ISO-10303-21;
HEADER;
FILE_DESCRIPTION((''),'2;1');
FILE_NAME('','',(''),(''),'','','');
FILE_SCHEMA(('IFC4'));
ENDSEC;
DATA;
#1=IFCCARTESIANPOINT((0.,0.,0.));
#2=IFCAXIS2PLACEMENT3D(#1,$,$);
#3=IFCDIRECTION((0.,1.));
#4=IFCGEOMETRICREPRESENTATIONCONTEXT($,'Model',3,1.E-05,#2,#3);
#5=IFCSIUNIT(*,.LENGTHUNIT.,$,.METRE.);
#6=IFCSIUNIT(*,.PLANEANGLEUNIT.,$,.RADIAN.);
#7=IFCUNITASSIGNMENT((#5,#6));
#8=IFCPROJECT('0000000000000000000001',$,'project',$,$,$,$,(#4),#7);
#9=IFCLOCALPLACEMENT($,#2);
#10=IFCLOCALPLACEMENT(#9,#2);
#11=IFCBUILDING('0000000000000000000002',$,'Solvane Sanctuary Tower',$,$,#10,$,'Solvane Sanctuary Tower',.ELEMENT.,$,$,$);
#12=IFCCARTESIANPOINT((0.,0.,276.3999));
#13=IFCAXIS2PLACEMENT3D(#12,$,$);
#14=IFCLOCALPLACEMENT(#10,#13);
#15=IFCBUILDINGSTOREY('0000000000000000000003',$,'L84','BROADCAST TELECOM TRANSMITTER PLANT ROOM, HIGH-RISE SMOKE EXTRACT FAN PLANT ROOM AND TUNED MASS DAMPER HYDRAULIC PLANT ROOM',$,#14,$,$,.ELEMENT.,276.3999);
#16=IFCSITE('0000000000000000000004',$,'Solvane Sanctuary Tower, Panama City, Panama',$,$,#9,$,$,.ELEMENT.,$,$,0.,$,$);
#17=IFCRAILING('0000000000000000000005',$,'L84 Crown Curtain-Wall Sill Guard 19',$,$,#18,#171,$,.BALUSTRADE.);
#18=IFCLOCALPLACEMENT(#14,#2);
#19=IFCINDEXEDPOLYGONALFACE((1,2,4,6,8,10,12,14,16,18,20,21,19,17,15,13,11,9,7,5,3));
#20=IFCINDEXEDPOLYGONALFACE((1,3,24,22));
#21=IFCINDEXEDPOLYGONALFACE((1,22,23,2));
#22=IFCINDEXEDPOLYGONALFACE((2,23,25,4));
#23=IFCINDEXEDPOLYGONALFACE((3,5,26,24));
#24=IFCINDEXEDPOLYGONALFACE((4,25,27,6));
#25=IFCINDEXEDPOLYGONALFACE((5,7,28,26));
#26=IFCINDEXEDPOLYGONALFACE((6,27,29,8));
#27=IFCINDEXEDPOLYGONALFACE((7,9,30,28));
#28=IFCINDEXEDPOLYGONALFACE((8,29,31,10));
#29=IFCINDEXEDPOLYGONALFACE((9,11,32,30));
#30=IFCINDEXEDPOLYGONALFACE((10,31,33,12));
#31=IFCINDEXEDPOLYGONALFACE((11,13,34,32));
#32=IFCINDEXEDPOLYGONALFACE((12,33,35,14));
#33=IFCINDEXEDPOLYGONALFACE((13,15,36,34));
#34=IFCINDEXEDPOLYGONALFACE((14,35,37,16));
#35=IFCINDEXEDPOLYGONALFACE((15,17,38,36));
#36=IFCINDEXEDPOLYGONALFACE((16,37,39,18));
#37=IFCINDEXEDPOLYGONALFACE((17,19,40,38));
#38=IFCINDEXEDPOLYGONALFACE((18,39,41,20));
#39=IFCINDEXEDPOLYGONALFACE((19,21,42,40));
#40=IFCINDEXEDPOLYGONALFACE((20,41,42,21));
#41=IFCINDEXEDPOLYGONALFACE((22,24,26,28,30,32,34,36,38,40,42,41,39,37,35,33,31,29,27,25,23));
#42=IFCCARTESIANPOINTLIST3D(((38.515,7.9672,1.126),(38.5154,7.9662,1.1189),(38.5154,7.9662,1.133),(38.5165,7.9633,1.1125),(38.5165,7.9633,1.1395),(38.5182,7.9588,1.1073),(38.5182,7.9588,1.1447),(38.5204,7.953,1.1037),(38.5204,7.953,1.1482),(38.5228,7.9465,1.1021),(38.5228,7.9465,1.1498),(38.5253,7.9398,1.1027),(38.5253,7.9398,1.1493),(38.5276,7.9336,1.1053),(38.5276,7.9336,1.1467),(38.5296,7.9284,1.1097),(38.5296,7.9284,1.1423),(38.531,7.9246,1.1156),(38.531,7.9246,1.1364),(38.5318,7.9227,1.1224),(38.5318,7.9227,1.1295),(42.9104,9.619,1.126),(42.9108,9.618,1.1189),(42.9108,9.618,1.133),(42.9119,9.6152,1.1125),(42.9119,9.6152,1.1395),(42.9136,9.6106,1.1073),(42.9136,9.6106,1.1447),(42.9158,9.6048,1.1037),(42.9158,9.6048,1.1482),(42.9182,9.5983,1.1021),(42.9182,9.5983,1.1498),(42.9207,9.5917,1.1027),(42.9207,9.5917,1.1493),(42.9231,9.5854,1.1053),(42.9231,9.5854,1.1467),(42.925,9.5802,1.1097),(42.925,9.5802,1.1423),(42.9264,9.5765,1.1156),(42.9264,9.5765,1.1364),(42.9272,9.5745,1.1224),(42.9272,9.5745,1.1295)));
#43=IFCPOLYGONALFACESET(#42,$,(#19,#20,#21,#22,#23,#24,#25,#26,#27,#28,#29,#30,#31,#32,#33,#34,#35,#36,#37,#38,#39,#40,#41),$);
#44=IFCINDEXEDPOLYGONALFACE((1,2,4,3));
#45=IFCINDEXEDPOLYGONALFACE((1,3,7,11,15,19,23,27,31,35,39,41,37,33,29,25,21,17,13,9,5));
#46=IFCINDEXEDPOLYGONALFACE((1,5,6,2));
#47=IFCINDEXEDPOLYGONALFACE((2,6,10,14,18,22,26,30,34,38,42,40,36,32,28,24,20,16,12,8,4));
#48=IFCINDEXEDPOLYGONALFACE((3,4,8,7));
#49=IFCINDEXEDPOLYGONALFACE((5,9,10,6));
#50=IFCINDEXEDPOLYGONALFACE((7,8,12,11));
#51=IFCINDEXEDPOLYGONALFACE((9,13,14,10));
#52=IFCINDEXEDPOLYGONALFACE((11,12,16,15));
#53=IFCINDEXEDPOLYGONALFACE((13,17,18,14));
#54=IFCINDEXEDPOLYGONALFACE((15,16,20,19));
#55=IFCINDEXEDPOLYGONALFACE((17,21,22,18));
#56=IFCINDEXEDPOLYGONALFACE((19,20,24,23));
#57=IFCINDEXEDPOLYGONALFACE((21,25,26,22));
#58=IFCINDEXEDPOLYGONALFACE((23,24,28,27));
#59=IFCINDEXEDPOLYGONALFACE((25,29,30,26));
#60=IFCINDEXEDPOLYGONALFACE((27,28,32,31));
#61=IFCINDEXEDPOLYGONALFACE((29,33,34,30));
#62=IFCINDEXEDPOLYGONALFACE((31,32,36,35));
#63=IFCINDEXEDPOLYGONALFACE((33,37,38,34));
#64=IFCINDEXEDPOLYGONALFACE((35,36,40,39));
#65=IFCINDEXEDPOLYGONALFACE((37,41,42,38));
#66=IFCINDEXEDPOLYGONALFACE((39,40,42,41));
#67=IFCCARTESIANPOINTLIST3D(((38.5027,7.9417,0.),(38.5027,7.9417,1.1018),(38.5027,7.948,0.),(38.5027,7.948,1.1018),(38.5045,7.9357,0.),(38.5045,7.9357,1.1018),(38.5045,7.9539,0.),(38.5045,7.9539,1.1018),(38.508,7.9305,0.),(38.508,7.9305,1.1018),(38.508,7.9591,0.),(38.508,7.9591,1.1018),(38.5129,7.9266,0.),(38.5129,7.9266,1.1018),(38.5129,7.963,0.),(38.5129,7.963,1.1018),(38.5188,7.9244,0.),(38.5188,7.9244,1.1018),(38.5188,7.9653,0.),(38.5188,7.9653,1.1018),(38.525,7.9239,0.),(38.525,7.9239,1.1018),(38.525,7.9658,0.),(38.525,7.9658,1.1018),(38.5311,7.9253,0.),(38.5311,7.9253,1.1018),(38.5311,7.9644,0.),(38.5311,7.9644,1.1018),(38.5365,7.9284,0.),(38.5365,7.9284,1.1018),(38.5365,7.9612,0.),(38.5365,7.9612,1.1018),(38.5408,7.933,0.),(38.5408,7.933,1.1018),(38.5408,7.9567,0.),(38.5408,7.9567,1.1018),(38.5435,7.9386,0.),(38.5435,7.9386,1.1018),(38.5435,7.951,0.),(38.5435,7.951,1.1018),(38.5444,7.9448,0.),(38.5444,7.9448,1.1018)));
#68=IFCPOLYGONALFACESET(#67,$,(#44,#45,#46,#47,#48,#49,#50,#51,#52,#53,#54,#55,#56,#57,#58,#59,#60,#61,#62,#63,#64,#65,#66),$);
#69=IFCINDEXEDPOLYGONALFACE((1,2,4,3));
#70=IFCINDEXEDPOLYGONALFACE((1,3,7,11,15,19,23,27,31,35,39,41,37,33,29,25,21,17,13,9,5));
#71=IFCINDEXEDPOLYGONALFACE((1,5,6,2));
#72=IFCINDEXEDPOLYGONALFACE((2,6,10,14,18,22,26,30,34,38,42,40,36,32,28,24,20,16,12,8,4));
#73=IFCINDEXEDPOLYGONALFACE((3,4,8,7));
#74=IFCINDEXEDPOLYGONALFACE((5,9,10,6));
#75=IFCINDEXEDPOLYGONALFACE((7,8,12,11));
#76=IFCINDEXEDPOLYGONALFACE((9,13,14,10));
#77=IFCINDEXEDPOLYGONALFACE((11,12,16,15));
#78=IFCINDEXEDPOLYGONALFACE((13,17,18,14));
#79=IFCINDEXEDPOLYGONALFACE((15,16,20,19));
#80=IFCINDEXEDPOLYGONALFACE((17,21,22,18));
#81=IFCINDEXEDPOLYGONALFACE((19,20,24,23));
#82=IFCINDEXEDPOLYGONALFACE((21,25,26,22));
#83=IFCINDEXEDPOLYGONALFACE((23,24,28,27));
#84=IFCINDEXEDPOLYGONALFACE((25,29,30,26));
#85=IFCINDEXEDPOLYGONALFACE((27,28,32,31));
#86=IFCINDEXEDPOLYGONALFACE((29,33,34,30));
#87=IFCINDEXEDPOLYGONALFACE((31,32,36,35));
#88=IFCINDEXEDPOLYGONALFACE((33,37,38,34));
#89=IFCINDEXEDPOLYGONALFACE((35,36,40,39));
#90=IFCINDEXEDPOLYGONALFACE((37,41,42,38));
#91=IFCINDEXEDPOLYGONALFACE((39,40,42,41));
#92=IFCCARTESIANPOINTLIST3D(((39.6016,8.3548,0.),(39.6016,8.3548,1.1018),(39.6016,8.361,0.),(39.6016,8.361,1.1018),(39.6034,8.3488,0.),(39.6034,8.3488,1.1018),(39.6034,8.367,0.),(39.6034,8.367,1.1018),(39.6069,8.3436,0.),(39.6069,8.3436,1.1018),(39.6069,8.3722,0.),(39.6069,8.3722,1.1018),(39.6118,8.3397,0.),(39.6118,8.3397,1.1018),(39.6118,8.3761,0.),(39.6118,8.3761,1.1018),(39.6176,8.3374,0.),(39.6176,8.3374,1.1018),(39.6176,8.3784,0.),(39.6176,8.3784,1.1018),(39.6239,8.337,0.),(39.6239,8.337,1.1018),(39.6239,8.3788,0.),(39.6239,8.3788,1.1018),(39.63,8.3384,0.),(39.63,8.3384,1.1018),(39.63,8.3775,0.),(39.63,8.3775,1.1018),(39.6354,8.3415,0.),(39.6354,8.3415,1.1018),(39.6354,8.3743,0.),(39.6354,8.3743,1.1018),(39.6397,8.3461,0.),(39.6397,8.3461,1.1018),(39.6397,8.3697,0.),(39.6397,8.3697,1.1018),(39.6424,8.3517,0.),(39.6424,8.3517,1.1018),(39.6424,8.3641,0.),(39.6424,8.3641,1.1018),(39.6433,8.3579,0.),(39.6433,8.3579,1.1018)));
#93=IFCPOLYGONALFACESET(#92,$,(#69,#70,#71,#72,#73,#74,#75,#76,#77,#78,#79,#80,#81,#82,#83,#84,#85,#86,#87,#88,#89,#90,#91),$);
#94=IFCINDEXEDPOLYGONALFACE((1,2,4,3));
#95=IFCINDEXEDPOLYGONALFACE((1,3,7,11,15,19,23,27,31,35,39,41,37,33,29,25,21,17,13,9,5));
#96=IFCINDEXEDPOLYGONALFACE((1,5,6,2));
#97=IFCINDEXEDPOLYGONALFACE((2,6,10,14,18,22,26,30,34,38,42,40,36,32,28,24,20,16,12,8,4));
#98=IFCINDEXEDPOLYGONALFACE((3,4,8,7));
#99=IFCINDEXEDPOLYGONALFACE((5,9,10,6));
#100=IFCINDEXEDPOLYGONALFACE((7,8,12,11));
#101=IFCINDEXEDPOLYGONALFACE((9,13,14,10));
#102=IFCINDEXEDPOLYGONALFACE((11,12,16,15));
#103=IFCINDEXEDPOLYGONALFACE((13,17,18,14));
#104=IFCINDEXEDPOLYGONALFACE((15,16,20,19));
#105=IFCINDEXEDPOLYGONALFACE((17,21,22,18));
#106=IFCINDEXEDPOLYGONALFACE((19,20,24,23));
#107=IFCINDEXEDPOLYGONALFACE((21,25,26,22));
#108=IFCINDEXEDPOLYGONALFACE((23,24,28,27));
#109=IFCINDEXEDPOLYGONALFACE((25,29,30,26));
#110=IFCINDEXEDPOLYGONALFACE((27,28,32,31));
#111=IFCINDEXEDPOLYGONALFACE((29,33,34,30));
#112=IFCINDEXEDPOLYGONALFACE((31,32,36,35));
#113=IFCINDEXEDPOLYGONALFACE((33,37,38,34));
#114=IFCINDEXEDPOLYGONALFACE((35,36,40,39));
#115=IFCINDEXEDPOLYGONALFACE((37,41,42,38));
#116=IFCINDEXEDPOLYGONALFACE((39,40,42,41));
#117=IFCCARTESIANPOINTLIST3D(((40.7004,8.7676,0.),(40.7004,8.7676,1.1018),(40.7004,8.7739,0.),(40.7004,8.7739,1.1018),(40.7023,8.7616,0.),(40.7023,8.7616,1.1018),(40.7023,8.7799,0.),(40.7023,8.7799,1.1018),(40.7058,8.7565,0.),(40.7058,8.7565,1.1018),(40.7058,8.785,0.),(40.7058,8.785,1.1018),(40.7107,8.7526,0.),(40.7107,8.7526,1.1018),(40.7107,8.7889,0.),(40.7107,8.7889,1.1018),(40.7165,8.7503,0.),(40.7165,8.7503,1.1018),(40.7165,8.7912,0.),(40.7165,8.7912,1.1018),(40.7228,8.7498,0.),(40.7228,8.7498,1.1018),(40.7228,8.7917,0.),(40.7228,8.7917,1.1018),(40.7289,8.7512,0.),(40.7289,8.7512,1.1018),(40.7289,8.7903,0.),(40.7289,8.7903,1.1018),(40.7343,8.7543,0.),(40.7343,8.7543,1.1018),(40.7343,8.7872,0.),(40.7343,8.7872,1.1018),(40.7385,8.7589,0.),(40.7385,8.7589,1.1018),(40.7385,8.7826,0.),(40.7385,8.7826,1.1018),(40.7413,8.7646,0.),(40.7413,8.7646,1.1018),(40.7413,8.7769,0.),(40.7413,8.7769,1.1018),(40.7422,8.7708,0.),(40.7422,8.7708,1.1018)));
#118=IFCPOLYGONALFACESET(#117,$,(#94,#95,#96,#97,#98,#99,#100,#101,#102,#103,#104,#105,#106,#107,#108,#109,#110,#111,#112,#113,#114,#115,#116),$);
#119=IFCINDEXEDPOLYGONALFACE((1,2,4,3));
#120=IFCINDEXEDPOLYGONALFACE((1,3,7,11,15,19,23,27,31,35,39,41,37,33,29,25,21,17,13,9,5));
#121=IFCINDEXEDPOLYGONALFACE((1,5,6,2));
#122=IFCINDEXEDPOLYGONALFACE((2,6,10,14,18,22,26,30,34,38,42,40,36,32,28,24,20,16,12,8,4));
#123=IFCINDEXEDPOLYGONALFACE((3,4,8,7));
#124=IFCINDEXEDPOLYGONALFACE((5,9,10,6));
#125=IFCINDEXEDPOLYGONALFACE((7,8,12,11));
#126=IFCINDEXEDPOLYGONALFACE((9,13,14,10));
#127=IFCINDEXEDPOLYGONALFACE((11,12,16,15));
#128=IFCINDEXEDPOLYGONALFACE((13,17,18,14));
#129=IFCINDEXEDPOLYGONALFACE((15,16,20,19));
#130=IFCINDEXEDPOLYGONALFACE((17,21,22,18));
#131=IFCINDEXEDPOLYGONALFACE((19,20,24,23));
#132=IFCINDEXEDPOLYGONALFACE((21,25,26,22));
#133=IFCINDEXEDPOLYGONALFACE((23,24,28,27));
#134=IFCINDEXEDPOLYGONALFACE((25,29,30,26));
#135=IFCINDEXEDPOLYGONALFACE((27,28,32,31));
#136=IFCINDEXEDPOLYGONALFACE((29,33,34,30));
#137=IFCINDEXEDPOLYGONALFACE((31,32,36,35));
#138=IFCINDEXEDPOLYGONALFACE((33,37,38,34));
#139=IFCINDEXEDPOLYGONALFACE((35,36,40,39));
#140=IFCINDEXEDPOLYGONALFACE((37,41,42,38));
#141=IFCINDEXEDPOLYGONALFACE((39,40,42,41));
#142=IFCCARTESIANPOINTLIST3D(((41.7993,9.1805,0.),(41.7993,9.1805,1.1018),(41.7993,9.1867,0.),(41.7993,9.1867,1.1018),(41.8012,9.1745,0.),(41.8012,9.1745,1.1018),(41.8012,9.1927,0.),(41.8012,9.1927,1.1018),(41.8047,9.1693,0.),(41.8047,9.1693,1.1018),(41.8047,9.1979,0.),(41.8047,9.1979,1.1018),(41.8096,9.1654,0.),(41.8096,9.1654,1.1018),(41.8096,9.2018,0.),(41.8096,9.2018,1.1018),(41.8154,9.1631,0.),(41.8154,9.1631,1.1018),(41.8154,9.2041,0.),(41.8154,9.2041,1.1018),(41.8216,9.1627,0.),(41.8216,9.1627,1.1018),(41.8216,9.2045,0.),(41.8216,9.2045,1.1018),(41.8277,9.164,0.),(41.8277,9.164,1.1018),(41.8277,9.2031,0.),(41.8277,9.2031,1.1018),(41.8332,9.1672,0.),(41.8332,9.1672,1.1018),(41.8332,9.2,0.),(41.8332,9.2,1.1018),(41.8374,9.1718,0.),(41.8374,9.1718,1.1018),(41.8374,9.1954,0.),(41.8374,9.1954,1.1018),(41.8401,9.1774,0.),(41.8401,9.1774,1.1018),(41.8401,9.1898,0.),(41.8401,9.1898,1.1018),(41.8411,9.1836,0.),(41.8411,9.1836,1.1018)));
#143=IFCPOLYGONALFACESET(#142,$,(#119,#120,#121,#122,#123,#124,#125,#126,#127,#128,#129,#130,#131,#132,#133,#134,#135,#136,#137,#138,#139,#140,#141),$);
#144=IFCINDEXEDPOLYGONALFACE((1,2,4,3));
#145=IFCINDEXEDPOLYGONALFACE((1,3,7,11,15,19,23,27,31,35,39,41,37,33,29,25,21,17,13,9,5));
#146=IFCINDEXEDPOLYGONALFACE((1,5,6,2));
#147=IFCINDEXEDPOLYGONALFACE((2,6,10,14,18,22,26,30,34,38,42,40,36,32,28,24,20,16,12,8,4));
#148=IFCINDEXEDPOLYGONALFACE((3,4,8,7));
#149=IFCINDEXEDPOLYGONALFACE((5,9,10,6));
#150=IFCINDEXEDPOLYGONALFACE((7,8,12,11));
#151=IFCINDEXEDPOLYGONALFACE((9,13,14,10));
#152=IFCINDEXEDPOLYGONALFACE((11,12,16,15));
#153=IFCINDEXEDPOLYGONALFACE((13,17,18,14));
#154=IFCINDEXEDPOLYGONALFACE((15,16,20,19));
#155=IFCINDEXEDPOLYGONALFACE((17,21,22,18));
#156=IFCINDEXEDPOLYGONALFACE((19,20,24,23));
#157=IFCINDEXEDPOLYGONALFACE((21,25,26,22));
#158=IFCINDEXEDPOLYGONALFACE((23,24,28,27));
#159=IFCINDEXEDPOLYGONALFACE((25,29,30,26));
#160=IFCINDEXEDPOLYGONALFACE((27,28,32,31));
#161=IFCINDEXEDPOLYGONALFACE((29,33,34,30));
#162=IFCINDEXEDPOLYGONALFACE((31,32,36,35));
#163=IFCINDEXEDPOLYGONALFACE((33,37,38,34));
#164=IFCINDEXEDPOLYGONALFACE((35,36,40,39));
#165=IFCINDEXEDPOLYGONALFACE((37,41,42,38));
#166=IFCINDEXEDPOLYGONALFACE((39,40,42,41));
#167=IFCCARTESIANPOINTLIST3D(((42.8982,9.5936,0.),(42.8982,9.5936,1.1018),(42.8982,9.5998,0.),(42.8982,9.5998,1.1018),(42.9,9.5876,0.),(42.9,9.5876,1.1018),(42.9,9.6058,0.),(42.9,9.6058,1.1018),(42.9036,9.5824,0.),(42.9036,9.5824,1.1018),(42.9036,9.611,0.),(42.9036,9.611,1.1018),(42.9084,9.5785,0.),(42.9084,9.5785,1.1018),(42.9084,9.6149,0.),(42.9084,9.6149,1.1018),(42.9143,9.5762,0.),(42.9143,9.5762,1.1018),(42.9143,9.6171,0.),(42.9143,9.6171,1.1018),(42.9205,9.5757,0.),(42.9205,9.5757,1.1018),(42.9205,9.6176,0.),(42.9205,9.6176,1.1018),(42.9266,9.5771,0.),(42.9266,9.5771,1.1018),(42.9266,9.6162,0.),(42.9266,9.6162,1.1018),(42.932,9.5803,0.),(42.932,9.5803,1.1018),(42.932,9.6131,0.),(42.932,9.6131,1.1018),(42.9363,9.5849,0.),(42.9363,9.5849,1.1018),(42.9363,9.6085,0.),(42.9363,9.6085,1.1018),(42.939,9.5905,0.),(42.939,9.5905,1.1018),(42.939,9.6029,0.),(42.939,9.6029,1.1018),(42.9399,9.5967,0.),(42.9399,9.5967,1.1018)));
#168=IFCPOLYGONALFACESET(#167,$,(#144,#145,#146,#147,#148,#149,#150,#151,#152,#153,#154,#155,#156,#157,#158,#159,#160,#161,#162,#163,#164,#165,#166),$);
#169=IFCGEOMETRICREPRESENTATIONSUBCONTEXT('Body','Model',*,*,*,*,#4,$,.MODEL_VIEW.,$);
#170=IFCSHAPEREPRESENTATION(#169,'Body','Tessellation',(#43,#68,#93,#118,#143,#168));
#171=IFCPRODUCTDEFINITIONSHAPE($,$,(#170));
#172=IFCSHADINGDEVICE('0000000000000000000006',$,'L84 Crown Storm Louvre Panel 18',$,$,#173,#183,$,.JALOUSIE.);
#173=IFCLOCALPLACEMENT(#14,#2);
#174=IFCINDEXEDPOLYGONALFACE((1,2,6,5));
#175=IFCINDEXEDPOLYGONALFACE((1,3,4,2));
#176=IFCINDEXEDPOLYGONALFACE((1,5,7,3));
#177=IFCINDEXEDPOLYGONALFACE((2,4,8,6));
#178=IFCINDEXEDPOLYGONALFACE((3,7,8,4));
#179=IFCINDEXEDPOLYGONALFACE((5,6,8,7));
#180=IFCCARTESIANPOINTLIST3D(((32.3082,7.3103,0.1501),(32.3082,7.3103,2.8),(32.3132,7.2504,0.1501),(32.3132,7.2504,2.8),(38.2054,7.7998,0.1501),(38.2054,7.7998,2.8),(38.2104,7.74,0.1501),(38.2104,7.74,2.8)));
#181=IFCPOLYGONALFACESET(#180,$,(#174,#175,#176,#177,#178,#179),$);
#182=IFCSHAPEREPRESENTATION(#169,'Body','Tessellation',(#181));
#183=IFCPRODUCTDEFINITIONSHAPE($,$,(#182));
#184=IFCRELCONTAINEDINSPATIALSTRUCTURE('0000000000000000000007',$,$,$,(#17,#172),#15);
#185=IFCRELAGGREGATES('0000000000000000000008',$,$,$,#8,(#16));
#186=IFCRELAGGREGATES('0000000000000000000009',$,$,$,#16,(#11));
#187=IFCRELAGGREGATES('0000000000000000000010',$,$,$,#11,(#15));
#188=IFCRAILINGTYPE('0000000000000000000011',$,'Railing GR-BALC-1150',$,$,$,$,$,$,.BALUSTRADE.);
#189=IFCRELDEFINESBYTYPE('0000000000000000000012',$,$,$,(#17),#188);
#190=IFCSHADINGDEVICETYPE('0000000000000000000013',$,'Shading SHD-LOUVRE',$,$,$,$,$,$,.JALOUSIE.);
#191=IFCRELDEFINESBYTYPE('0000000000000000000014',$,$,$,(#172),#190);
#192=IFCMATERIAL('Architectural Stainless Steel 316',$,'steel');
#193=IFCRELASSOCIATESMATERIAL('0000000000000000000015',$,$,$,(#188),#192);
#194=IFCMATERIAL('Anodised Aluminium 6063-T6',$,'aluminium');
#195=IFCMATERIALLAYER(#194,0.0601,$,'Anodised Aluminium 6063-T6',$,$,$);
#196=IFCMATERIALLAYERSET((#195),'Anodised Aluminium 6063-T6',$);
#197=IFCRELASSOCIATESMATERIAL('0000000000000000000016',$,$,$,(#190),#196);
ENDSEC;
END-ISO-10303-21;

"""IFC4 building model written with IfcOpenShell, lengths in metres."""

from ifc_helpers import new_model, si_unit, direction, frame, origin, origin_2d, place, context, subcontext, project, spatial, rectangle, circle, extrude, material, layer, layer_set, type_object, element, save


model = new_model("IFC4")

# Units and contexts
model_context = context("Model", 3, precision=1e-05, world=origin(), true_north=direction((0.0, 1.0)))
body_context = subcontext(model_context, "Body", "Model", "MODEL_VIEW")
ifc_project = project(units=[si_unit("LENGTHUNIT", "METRE"), si_unit("PLANEANGLEUNIT", "RADIAN")], contexts=[model_context])

# Site, building, storey
site_placement = place(None, origin())
site = spatial("IfcSite", under=ifc_project, at=site_placement, Name="Solvane Sanctuary Tower, Panama City, Panama", CompositionType="ELEMENT", RefElevation=0.0)
building_placement = place(site_placement, origin())
building = spatial("IfcBuilding", under=site, at=building_placement, Name="Solvane Sanctuary Tower", LongName="Solvane Sanctuary Tower", CompositionType="ELEMENT")
storey_placement = place(building_placement, frame((0.0, 0.0, 276.3999)))
storey = spatial("IfcBuildingStorey", under=building, at=storey_placement, Name="L84", Description="BROADCAST TELECOM TRANSMITTER PLANT ROOM, HIGH-RISE SMOKE EXTRACT FAN PLANT ROOM AND TUNED MASS DAMPER HYDRAULIC PLANT ROOM", CompositionType="ELEMENT", Elevation=276.3999)

# Shared definitions
ifc_material_1 = material(Name="Anodised Aluminium 6063-T6", Category="aluminium")

# Shared definitions
ifc_material_2 = material(Name="Architectural Stainless Steel 316", Category="steel")

# Railing
railing_type = type_object("IfcRailingType", Name="Railing GR-BALC-1150", PredefinedType="BALUSTRADE", material=ifc_material_2)
railing_placement = place(storey_placement, frame((38.5234, 7.9448, 0.0)))
element("IfcRailing", 1, at=railing_placement, inside=storey, type_object=railing_type, Name="L84 Crown Curtain-Wall Sill Guard 19", PredefinedType="BALUSTRADE", context=body_context, shape_type="SweptSolid", body=[
    extrude(circle(Radius=0.0239, at=origin_2d()), frame((0.0, 0.0, 1.126), z_axis=(0.936081, 0.351784, 0.0), x_axis=(-0.351784, 0.936081, 0.0)), (0.0, 0.0, 1.0), 4.6956),
    extrude(circle(Radius=0.021, at=origin_2d()), origin(), (0.0, 0.0, 1.0), 1.1018),
    extrude(circle(Radius=0.021, at=origin_2d()), frame((1.0989, 0.4131, 0.0)), (0.0, 0.0, 1.0), 1.1018),
    extrude(circle(Radius=0.021, at=origin_2d()), frame((2.1978, 0.8259, 0.0)), (0.0, 0.0, 1.0), 1.1018),
    extrude(circle(Radius=0.021, at=origin_2d()), frame((3.2966, 1.2388, 0.0)), (0.0, 0.0, 1.0), 1.1018),
    extrude(circle(Radius=0.021, at=origin_2d()), frame((4.3955, 1.6519, 0.0)), (0.0, 0.0, 1.0), 1.1018),
])

# Shading device
ifc_layer_1 = layer(ifc_material_1, 0.0601, Name="Anodised Aluminium 6063-T6")
ifc_layer_set_1 = layer_set([ifc_layer_1], Name="Anodised Aluminium 6063-T6")
shading_device_type = type_object("IfcShadingDeviceType", Name="Shading SHD-LOUVRE", PredefinedType="JALOUSIE", material=ifc_layer_set_1)
shading_device_placement = place(storey_placement, frame((35.2593, 7.5251, 0.1501), z_axis=(0.0, 0.0, 1.0), x_axis=(0.996572, 0.08273, 0.0)))
element("IfcShadingDevice", 2, at=shading_device_placement, inside=storey, type_object=shading_device_type, Name="L84 Crown Storm Louvre Panel 18", PredefinedType="JALOUSIE", context=body_context, shape_type="SweptSolid", body=[
    extrude(rectangle(XDim=5.9175, YDim=0.0601, at=origin_2d()), origin(), (0.0, 0.0, 1.0), 2.6499),
])

save(model, "model.ifc")
